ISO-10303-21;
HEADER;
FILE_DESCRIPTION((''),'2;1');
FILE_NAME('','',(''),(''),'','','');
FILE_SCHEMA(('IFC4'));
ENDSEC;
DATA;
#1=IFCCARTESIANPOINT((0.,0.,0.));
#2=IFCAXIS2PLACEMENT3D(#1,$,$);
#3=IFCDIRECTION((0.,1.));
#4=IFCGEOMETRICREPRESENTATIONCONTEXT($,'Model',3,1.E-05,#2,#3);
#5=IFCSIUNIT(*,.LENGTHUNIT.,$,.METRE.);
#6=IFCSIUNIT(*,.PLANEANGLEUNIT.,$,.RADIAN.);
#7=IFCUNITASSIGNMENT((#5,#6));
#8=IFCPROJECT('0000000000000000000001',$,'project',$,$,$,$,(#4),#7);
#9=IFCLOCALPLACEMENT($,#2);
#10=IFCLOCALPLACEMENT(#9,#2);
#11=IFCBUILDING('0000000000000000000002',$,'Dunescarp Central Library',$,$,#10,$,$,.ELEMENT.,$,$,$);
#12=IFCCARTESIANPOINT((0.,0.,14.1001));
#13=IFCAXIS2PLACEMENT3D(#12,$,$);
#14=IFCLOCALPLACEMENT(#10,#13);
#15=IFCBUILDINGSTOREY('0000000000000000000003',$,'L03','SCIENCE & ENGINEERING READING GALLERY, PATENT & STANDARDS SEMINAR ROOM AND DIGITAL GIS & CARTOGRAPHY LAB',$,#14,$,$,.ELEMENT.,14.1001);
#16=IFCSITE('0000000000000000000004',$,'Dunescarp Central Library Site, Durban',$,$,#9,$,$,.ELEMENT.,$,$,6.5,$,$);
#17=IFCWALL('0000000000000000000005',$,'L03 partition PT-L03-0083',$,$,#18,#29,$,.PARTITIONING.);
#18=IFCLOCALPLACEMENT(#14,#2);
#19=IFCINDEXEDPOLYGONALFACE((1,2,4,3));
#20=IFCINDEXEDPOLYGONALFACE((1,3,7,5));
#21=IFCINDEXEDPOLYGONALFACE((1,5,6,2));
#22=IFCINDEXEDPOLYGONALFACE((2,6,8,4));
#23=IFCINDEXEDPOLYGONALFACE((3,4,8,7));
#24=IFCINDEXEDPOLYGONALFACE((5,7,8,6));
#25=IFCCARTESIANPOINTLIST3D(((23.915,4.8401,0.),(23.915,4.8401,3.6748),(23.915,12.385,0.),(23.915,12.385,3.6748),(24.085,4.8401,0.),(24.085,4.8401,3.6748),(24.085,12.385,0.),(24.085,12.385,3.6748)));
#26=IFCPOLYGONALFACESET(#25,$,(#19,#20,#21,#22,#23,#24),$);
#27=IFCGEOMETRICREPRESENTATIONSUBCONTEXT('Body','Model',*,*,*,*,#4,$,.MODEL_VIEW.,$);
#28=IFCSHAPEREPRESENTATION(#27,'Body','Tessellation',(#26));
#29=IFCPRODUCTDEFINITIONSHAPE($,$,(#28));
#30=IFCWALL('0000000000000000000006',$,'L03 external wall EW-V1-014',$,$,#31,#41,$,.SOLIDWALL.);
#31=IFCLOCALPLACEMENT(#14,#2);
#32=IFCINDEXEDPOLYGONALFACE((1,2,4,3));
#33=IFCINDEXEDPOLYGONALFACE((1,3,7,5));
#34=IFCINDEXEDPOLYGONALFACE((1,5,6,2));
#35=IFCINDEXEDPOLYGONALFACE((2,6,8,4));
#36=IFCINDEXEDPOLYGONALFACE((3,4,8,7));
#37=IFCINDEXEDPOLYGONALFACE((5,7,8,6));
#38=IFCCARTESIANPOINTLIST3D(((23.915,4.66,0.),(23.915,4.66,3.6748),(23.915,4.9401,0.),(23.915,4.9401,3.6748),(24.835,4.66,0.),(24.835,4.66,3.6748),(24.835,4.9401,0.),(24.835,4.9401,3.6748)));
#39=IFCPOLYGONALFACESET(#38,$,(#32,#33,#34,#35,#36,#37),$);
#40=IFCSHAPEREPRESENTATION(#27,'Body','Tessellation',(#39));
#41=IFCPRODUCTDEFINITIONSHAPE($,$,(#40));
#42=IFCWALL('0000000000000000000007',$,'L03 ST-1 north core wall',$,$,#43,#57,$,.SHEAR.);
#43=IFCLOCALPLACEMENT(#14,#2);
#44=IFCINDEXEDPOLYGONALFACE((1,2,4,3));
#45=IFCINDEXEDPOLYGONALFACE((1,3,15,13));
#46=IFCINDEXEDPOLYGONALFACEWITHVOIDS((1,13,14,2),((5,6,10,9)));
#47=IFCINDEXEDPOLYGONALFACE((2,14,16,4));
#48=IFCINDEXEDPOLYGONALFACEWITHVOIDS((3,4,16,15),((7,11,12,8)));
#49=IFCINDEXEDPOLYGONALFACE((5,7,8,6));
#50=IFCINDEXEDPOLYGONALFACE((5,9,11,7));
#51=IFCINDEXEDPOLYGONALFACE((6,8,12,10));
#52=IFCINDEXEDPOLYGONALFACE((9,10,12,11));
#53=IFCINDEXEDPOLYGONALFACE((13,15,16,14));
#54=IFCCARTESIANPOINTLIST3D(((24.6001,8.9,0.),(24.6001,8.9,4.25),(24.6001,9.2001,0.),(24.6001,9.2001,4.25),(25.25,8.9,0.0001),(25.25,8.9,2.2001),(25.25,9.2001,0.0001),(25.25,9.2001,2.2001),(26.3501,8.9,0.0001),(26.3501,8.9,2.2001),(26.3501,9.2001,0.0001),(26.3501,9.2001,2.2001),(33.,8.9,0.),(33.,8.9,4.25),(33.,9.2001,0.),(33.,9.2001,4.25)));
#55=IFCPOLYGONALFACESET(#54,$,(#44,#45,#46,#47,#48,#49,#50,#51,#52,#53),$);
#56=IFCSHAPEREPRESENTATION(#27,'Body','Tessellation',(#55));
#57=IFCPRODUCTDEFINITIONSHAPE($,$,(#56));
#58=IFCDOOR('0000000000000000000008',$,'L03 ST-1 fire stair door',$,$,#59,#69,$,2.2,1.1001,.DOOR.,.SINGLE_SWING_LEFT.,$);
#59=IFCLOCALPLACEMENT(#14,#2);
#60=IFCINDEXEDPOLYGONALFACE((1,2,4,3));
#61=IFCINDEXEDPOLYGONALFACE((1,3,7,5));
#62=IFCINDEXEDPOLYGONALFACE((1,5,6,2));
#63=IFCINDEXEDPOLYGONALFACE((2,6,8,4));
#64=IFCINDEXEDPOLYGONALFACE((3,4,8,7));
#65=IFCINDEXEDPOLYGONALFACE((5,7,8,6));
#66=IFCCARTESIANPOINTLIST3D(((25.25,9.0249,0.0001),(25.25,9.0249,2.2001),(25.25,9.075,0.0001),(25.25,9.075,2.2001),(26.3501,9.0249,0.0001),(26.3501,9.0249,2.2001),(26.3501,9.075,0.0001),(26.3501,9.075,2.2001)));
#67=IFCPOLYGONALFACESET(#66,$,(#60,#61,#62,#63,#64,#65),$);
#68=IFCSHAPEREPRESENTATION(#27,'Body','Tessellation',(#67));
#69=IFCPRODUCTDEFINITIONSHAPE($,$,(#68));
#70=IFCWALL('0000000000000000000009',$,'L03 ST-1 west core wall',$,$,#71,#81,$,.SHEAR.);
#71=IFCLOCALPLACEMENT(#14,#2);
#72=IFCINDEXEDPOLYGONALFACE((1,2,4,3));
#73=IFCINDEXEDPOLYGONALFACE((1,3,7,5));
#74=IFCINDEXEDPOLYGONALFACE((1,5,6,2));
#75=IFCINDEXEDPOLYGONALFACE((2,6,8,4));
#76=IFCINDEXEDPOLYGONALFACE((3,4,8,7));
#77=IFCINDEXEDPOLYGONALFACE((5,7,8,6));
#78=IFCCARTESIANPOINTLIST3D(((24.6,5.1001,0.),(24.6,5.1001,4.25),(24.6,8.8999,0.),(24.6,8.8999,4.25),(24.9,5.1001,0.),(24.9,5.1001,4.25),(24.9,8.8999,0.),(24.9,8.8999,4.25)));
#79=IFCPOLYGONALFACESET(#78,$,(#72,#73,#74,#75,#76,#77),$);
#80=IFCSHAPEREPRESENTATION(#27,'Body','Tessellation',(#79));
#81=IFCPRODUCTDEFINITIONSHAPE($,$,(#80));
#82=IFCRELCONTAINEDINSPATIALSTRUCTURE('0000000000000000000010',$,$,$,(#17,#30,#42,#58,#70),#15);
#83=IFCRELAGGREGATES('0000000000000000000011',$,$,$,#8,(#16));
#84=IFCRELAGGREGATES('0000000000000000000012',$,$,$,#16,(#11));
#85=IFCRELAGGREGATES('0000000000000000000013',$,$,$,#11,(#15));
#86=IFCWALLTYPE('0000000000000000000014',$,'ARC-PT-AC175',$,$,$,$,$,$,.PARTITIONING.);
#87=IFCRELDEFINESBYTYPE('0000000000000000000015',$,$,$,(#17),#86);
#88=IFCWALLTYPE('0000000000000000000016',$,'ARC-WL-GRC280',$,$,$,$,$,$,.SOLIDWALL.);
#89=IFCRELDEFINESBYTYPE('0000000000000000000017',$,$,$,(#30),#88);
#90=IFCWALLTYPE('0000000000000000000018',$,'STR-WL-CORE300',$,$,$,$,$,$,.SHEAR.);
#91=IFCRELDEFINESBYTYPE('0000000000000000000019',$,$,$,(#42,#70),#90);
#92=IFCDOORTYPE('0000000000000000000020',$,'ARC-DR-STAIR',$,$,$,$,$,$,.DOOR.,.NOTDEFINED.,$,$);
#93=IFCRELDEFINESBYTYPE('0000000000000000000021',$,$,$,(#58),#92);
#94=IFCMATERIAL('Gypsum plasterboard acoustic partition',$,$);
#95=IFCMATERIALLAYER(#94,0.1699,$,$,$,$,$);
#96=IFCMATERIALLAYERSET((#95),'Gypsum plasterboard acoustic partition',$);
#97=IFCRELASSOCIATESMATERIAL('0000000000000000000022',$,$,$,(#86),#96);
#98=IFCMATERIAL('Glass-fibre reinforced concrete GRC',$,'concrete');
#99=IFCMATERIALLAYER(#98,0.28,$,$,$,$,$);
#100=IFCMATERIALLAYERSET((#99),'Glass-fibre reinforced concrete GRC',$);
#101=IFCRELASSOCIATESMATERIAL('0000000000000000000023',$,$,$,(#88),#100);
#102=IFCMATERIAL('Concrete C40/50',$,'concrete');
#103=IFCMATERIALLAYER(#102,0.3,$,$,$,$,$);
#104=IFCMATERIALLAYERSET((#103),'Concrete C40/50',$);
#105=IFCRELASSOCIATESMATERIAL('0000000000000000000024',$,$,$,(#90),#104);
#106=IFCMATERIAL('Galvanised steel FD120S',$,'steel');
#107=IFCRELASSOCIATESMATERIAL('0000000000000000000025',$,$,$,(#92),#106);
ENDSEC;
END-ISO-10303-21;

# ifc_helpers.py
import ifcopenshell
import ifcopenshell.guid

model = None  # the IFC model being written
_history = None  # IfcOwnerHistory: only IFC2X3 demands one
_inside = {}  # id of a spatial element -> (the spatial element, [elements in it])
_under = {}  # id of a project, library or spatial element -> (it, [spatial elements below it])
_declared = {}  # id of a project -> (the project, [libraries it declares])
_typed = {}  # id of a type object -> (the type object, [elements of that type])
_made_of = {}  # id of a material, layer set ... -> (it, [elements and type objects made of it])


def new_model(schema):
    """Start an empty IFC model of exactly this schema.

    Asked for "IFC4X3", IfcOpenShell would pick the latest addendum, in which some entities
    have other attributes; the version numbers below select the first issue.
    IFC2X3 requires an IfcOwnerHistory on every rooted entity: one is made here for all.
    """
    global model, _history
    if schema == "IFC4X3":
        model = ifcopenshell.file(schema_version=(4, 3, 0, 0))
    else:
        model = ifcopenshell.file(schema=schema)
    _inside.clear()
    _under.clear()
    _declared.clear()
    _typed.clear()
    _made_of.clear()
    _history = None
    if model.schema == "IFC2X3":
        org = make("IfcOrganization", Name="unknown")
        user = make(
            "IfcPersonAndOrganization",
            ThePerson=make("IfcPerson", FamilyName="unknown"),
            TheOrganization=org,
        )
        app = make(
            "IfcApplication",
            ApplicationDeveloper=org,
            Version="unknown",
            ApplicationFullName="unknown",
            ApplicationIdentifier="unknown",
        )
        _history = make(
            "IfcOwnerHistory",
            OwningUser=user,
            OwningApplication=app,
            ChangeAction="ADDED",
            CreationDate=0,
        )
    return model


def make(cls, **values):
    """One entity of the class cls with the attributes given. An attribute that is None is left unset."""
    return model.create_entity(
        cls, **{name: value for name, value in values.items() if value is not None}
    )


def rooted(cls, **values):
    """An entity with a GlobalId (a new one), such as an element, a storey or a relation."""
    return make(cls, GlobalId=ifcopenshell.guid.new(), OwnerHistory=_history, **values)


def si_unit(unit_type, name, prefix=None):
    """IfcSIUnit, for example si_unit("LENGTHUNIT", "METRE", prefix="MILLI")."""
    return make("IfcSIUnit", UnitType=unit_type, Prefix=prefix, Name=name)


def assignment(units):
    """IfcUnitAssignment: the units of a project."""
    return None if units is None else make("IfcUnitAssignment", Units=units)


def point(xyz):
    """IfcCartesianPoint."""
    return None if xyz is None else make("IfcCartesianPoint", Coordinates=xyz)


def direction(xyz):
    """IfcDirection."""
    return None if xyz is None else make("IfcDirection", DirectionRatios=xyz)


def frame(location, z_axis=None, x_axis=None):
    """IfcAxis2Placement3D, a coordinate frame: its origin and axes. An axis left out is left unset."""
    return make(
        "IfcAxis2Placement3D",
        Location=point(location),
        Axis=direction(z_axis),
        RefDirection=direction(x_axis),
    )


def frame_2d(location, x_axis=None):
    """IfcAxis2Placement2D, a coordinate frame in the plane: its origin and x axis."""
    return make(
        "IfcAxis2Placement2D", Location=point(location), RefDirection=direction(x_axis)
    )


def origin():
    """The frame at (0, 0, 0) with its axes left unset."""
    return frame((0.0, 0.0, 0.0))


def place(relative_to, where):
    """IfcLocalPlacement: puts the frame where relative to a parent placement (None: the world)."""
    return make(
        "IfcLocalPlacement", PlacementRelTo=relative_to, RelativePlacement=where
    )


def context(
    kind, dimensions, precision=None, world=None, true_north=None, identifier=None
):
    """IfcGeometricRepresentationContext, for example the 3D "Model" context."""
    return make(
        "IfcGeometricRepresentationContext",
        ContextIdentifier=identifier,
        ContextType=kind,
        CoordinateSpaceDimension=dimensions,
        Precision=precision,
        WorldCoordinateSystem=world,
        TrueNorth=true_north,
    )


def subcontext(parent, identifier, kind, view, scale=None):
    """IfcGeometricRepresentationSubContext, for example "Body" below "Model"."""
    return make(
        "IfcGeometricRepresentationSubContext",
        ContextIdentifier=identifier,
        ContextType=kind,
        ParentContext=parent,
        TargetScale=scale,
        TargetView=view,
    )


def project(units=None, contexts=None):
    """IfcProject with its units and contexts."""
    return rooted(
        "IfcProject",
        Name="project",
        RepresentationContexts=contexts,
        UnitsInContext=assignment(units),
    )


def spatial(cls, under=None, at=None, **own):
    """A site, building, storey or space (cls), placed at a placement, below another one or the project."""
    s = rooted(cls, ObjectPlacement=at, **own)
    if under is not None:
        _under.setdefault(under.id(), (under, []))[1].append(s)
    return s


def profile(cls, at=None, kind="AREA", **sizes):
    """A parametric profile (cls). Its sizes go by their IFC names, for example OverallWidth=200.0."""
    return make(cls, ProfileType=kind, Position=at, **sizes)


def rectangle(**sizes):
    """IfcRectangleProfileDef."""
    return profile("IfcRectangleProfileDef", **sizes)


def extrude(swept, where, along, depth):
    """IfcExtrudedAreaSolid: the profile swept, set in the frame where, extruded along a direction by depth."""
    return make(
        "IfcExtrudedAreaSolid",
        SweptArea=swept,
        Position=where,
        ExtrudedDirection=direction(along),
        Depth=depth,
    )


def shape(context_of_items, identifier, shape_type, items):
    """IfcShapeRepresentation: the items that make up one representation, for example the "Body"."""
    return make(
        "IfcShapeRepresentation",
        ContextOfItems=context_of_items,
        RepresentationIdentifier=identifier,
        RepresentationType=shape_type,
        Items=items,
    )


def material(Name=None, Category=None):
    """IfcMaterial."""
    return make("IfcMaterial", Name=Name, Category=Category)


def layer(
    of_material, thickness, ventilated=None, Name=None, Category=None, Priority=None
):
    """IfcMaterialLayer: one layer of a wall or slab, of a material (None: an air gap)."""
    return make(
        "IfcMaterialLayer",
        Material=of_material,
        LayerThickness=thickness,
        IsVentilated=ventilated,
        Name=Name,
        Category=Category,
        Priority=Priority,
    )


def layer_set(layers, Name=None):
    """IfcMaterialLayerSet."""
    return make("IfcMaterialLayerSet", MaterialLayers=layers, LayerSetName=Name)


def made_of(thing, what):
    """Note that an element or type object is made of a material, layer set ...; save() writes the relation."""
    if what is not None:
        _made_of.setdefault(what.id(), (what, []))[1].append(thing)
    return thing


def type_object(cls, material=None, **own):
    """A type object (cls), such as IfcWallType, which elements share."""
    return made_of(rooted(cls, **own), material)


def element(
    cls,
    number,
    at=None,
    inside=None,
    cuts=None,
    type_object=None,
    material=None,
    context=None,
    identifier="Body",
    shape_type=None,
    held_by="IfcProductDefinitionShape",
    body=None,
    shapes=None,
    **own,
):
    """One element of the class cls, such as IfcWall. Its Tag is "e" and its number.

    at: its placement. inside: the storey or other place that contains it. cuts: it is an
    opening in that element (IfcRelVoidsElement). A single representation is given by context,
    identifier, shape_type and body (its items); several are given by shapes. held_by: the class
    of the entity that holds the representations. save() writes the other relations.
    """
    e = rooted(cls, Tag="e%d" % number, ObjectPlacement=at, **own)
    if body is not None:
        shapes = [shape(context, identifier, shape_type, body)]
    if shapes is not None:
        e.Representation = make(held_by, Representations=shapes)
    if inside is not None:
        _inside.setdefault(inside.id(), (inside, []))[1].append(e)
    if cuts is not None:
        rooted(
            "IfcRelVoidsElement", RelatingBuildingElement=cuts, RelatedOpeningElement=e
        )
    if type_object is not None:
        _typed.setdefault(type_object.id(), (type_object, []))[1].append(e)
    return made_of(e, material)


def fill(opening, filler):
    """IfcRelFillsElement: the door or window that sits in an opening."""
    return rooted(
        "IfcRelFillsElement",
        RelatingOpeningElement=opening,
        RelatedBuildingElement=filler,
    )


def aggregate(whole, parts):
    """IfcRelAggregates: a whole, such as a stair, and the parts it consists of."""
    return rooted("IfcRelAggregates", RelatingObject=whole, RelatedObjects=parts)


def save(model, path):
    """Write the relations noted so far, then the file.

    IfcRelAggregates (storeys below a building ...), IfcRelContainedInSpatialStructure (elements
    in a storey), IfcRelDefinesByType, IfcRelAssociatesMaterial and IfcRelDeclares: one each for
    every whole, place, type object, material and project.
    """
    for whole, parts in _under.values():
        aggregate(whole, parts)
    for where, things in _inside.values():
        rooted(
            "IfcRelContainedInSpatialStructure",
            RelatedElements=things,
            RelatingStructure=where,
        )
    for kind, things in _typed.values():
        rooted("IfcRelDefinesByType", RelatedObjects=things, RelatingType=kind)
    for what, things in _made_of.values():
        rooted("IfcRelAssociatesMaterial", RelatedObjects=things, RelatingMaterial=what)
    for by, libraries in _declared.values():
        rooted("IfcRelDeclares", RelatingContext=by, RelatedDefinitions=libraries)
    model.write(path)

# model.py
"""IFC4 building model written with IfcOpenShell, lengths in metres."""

from ifc_helpers import new_model, si_unit, direction, frame, frame_2d, origin, place, context, subcontext, project, spatial, rectangle, extrude, material, layer, layer_set, type_object, element, fill, save


model = new_model("IFC4")

# Units and contexts
model_context = context("Model", 3, precision=1e-05, world=origin(), true_north=direction((0.0, 1.0)))
body_context = subcontext(model_context, "Body", "Model", "MODEL_VIEW")
ifc_project = project(units=[si_unit("LENGTHUNIT", "METRE"), si_unit("PLANEANGLEUNIT", "RADIAN")], contexts=[model_context])

# Site, building, storey
site_placement = place(None, origin())
site = spatial("IfcSite", under=ifc_project, at=site_placement, Name="Dunescarp Central Library Site, Durban", CompositionType="ELEMENT", RefElevation=6.5)
building_placement = place(site_placement, origin())
building = spatial("IfcBuilding", under=site, at=building_placement, Name="Dunescarp Central Library", CompositionType="ELEMENT")
storey_placement = place(building_placement, frame((0.0, 0.0, 14.1001)))
storey = spatial("IfcBuildingStorey", under=building, at=storey_placement, Name="L03", Description="SCIENCE & ENGINEERING READING GALLERY, PATENT & STANDARDS SEMINAR ROOM AND DIGITAL GIS & CARTOGRAPHY LAB", CompositionType="ELEMENT", Elevation=14.1001)

# Shared definitions
ifc_material_1 = material(Name="Gypsum plasterboard acoustic partition")

# Shared definitions
ifc_layer_1 = layer(ifc_material_1, 0.1699)
ifc_layer_set_1 = layer_set([ifc_layer_1], Name="Gypsum plasterboard acoustic partition")
wall_type_1 = type_object("IfcWallType", Name="ARC-PT-AC175", PredefinedType="PARTITIONING", material=ifc_layer_set_1)

# Walls
wall_1_placement = place(storey_placement, frame((24.0, 4.8401, 0.0), z_axis=(0.0, 0.0, 1.0), x_axis=(0.0, 1.0, 0.0)))
element("IfcWall", 1, at=wall_1_placement, inside=storey, type_object=wall_type_1, Name="L03 partition PT-L03-0083", PredefinedType="PARTITIONING", context=body_context, shape_type="SweptSolid", body=[
    extrude(rectangle(XDim=7.5449, YDim=0.1699, at=frame_2d((3.7725, 0.0))), origin(), (0.0, 0.0, 1.0), 3.6748),
])
ifc_material_2 = material(Name="Glass-fibre reinforced concrete GRC", Category="concrete")
ifc_layer_2 = layer(ifc_material_2, 0.28)
ifc_layer_set_2 = layer_set([ifc_layer_2], Name="Glass-fibre reinforced concrete GRC")
wall_type_2 = type_object("IfcWallType", Name="ARC-WL-GRC280", PredefinedType="SOLIDWALL", material=ifc_layer_set_2)
wall_2_placement = place(storey_placement, frame((24.835, 4.8, 0.0), z_axis=(0.0, 0.0, 1.0), x_axis=(-1.0, 0.0, 0.0)))
element("IfcWall", 2, at=wall_2_placement, inside=storey, type_object=wall_type_2, Name="L03 external wall EW-V1-014", PredefinedType="SOLIDWALL", context=body_context, shape_type="SweptSolid", body=[
    extrude(rectangle(XDim=0.9199, YDim=0.28, at=frame_2d((0.46, 0.0))), origin(), (0.0, 0.0, 1.0), 3.6748),
])

# Wall, opening, door
ifc_material_3 = material(Name="Concrete C40/50", Category="concrete")
ifc_layer_3 = layer(ifc_material_3, 0.3)
ifc_layer_set_3 = layer_set([ifc_layer_3], Name="Concrete C40/50")
wall_type_3 = type_object("IfcWallType", Name="STR-WL-CORE300", PredefinedType="SHEAR", material=ifc_layer_set_3)
wall_3_placement = place(storey_placement, frame((24.6001, 9.05, 0.0), z_axis=(0.0, 0.0, 1.0), x_axis=(1.0, 0.0, 0.0)))
wall_3 = element("IfcWall", 3, at=wall_3_placement, inside=storey, type_object=wall_type_3, Name="L03 ST-1 north core wall", PredefinedType="SHEAR", context=body_context, shape_type="SweptSolid", body=[
    extrude(rectangle(XDim=8.3999, YDim=0.3, at=frame_2d((4.2, 0.0))), origin(), (0.0, 0.0, 1.0), 4.25),
])
opening_1_placement = place(wall_3_placement, frame((0.6499, 0.0, 0.0)))
opening_1 = element("IfcOpeningElement", 4, at=opening_1_placement, cuts=wall_3, PredefinedType="OPENING", context=body_context, shape_type="SweptSolid", body=[
    extrude(rectangle(XDim=1.1001, YDim=2.2, at=frame_2d((0.55, 1.1001))), frame((0.0, 0.1602, 0.0), z_axis=(0.0, -1.0, 0.0), x_axis=(1.0, 0.0, 0.0)), (0.0, 0.0, 1.0), 0.3201),
])
ifc_material_4 = material(Name="Galvanised steel FD120S", Category="steel")
door_type_1 = type_object("IfcDoorType", Name="ARC-DR-STAIR", OperationType="NOTDEFINED", PredefinedType="DOOR", material=ifc_material_4)
door_1_placement = place(opening_1_placement, origin())
door_1 = element("IfcDoor", 5, at=door_1_placement, inside=storey, type_object=door_type_1, Name="L03 ST-1 fire stair door", OperationType="SINGLE_SWING_LEFT", OverallHeight=2.2, OverallWidth=1.1001, PredefinedType="DOOR", context=body_context, shape_type="SweptSolid", body=[
    extrude(rectangle(XDim=1.1001, YDim=2.2, at=frame_2d((0.55, 1.1001))), frame((0.0, 0.0249, 0.0), z_axis=(0.0, -1.0, 0.0), x_axis=(1.0, 0.0, 0.0)), (0.0, 0.0, 1.0), 0.05),
])
fill(opening_1, door_1)

# Wall
wall_4_placement = place(storey_placement, frame((24.75, 5.1001, 0.0), z_axis=(0.0, 0.0, 1.0), x_axis=(0.0, 1.0, 0.0)))
element("IfcWall", 6, at=wall_4_placement, inside=storey, type_object=wall_type_3, Name="L03 ST-1 west core wall", PredefinedType="SHEAR", context=body_context, shape_type="SweptSolid", body=[
    extrude(rectangle(XDim=3.7998, YDim=0.3, at=frame_2d((1.8999, 0.0))), origin(), (0.0, 0.0, 1.0), 4.25),
])

save(model, "model.ifc")
